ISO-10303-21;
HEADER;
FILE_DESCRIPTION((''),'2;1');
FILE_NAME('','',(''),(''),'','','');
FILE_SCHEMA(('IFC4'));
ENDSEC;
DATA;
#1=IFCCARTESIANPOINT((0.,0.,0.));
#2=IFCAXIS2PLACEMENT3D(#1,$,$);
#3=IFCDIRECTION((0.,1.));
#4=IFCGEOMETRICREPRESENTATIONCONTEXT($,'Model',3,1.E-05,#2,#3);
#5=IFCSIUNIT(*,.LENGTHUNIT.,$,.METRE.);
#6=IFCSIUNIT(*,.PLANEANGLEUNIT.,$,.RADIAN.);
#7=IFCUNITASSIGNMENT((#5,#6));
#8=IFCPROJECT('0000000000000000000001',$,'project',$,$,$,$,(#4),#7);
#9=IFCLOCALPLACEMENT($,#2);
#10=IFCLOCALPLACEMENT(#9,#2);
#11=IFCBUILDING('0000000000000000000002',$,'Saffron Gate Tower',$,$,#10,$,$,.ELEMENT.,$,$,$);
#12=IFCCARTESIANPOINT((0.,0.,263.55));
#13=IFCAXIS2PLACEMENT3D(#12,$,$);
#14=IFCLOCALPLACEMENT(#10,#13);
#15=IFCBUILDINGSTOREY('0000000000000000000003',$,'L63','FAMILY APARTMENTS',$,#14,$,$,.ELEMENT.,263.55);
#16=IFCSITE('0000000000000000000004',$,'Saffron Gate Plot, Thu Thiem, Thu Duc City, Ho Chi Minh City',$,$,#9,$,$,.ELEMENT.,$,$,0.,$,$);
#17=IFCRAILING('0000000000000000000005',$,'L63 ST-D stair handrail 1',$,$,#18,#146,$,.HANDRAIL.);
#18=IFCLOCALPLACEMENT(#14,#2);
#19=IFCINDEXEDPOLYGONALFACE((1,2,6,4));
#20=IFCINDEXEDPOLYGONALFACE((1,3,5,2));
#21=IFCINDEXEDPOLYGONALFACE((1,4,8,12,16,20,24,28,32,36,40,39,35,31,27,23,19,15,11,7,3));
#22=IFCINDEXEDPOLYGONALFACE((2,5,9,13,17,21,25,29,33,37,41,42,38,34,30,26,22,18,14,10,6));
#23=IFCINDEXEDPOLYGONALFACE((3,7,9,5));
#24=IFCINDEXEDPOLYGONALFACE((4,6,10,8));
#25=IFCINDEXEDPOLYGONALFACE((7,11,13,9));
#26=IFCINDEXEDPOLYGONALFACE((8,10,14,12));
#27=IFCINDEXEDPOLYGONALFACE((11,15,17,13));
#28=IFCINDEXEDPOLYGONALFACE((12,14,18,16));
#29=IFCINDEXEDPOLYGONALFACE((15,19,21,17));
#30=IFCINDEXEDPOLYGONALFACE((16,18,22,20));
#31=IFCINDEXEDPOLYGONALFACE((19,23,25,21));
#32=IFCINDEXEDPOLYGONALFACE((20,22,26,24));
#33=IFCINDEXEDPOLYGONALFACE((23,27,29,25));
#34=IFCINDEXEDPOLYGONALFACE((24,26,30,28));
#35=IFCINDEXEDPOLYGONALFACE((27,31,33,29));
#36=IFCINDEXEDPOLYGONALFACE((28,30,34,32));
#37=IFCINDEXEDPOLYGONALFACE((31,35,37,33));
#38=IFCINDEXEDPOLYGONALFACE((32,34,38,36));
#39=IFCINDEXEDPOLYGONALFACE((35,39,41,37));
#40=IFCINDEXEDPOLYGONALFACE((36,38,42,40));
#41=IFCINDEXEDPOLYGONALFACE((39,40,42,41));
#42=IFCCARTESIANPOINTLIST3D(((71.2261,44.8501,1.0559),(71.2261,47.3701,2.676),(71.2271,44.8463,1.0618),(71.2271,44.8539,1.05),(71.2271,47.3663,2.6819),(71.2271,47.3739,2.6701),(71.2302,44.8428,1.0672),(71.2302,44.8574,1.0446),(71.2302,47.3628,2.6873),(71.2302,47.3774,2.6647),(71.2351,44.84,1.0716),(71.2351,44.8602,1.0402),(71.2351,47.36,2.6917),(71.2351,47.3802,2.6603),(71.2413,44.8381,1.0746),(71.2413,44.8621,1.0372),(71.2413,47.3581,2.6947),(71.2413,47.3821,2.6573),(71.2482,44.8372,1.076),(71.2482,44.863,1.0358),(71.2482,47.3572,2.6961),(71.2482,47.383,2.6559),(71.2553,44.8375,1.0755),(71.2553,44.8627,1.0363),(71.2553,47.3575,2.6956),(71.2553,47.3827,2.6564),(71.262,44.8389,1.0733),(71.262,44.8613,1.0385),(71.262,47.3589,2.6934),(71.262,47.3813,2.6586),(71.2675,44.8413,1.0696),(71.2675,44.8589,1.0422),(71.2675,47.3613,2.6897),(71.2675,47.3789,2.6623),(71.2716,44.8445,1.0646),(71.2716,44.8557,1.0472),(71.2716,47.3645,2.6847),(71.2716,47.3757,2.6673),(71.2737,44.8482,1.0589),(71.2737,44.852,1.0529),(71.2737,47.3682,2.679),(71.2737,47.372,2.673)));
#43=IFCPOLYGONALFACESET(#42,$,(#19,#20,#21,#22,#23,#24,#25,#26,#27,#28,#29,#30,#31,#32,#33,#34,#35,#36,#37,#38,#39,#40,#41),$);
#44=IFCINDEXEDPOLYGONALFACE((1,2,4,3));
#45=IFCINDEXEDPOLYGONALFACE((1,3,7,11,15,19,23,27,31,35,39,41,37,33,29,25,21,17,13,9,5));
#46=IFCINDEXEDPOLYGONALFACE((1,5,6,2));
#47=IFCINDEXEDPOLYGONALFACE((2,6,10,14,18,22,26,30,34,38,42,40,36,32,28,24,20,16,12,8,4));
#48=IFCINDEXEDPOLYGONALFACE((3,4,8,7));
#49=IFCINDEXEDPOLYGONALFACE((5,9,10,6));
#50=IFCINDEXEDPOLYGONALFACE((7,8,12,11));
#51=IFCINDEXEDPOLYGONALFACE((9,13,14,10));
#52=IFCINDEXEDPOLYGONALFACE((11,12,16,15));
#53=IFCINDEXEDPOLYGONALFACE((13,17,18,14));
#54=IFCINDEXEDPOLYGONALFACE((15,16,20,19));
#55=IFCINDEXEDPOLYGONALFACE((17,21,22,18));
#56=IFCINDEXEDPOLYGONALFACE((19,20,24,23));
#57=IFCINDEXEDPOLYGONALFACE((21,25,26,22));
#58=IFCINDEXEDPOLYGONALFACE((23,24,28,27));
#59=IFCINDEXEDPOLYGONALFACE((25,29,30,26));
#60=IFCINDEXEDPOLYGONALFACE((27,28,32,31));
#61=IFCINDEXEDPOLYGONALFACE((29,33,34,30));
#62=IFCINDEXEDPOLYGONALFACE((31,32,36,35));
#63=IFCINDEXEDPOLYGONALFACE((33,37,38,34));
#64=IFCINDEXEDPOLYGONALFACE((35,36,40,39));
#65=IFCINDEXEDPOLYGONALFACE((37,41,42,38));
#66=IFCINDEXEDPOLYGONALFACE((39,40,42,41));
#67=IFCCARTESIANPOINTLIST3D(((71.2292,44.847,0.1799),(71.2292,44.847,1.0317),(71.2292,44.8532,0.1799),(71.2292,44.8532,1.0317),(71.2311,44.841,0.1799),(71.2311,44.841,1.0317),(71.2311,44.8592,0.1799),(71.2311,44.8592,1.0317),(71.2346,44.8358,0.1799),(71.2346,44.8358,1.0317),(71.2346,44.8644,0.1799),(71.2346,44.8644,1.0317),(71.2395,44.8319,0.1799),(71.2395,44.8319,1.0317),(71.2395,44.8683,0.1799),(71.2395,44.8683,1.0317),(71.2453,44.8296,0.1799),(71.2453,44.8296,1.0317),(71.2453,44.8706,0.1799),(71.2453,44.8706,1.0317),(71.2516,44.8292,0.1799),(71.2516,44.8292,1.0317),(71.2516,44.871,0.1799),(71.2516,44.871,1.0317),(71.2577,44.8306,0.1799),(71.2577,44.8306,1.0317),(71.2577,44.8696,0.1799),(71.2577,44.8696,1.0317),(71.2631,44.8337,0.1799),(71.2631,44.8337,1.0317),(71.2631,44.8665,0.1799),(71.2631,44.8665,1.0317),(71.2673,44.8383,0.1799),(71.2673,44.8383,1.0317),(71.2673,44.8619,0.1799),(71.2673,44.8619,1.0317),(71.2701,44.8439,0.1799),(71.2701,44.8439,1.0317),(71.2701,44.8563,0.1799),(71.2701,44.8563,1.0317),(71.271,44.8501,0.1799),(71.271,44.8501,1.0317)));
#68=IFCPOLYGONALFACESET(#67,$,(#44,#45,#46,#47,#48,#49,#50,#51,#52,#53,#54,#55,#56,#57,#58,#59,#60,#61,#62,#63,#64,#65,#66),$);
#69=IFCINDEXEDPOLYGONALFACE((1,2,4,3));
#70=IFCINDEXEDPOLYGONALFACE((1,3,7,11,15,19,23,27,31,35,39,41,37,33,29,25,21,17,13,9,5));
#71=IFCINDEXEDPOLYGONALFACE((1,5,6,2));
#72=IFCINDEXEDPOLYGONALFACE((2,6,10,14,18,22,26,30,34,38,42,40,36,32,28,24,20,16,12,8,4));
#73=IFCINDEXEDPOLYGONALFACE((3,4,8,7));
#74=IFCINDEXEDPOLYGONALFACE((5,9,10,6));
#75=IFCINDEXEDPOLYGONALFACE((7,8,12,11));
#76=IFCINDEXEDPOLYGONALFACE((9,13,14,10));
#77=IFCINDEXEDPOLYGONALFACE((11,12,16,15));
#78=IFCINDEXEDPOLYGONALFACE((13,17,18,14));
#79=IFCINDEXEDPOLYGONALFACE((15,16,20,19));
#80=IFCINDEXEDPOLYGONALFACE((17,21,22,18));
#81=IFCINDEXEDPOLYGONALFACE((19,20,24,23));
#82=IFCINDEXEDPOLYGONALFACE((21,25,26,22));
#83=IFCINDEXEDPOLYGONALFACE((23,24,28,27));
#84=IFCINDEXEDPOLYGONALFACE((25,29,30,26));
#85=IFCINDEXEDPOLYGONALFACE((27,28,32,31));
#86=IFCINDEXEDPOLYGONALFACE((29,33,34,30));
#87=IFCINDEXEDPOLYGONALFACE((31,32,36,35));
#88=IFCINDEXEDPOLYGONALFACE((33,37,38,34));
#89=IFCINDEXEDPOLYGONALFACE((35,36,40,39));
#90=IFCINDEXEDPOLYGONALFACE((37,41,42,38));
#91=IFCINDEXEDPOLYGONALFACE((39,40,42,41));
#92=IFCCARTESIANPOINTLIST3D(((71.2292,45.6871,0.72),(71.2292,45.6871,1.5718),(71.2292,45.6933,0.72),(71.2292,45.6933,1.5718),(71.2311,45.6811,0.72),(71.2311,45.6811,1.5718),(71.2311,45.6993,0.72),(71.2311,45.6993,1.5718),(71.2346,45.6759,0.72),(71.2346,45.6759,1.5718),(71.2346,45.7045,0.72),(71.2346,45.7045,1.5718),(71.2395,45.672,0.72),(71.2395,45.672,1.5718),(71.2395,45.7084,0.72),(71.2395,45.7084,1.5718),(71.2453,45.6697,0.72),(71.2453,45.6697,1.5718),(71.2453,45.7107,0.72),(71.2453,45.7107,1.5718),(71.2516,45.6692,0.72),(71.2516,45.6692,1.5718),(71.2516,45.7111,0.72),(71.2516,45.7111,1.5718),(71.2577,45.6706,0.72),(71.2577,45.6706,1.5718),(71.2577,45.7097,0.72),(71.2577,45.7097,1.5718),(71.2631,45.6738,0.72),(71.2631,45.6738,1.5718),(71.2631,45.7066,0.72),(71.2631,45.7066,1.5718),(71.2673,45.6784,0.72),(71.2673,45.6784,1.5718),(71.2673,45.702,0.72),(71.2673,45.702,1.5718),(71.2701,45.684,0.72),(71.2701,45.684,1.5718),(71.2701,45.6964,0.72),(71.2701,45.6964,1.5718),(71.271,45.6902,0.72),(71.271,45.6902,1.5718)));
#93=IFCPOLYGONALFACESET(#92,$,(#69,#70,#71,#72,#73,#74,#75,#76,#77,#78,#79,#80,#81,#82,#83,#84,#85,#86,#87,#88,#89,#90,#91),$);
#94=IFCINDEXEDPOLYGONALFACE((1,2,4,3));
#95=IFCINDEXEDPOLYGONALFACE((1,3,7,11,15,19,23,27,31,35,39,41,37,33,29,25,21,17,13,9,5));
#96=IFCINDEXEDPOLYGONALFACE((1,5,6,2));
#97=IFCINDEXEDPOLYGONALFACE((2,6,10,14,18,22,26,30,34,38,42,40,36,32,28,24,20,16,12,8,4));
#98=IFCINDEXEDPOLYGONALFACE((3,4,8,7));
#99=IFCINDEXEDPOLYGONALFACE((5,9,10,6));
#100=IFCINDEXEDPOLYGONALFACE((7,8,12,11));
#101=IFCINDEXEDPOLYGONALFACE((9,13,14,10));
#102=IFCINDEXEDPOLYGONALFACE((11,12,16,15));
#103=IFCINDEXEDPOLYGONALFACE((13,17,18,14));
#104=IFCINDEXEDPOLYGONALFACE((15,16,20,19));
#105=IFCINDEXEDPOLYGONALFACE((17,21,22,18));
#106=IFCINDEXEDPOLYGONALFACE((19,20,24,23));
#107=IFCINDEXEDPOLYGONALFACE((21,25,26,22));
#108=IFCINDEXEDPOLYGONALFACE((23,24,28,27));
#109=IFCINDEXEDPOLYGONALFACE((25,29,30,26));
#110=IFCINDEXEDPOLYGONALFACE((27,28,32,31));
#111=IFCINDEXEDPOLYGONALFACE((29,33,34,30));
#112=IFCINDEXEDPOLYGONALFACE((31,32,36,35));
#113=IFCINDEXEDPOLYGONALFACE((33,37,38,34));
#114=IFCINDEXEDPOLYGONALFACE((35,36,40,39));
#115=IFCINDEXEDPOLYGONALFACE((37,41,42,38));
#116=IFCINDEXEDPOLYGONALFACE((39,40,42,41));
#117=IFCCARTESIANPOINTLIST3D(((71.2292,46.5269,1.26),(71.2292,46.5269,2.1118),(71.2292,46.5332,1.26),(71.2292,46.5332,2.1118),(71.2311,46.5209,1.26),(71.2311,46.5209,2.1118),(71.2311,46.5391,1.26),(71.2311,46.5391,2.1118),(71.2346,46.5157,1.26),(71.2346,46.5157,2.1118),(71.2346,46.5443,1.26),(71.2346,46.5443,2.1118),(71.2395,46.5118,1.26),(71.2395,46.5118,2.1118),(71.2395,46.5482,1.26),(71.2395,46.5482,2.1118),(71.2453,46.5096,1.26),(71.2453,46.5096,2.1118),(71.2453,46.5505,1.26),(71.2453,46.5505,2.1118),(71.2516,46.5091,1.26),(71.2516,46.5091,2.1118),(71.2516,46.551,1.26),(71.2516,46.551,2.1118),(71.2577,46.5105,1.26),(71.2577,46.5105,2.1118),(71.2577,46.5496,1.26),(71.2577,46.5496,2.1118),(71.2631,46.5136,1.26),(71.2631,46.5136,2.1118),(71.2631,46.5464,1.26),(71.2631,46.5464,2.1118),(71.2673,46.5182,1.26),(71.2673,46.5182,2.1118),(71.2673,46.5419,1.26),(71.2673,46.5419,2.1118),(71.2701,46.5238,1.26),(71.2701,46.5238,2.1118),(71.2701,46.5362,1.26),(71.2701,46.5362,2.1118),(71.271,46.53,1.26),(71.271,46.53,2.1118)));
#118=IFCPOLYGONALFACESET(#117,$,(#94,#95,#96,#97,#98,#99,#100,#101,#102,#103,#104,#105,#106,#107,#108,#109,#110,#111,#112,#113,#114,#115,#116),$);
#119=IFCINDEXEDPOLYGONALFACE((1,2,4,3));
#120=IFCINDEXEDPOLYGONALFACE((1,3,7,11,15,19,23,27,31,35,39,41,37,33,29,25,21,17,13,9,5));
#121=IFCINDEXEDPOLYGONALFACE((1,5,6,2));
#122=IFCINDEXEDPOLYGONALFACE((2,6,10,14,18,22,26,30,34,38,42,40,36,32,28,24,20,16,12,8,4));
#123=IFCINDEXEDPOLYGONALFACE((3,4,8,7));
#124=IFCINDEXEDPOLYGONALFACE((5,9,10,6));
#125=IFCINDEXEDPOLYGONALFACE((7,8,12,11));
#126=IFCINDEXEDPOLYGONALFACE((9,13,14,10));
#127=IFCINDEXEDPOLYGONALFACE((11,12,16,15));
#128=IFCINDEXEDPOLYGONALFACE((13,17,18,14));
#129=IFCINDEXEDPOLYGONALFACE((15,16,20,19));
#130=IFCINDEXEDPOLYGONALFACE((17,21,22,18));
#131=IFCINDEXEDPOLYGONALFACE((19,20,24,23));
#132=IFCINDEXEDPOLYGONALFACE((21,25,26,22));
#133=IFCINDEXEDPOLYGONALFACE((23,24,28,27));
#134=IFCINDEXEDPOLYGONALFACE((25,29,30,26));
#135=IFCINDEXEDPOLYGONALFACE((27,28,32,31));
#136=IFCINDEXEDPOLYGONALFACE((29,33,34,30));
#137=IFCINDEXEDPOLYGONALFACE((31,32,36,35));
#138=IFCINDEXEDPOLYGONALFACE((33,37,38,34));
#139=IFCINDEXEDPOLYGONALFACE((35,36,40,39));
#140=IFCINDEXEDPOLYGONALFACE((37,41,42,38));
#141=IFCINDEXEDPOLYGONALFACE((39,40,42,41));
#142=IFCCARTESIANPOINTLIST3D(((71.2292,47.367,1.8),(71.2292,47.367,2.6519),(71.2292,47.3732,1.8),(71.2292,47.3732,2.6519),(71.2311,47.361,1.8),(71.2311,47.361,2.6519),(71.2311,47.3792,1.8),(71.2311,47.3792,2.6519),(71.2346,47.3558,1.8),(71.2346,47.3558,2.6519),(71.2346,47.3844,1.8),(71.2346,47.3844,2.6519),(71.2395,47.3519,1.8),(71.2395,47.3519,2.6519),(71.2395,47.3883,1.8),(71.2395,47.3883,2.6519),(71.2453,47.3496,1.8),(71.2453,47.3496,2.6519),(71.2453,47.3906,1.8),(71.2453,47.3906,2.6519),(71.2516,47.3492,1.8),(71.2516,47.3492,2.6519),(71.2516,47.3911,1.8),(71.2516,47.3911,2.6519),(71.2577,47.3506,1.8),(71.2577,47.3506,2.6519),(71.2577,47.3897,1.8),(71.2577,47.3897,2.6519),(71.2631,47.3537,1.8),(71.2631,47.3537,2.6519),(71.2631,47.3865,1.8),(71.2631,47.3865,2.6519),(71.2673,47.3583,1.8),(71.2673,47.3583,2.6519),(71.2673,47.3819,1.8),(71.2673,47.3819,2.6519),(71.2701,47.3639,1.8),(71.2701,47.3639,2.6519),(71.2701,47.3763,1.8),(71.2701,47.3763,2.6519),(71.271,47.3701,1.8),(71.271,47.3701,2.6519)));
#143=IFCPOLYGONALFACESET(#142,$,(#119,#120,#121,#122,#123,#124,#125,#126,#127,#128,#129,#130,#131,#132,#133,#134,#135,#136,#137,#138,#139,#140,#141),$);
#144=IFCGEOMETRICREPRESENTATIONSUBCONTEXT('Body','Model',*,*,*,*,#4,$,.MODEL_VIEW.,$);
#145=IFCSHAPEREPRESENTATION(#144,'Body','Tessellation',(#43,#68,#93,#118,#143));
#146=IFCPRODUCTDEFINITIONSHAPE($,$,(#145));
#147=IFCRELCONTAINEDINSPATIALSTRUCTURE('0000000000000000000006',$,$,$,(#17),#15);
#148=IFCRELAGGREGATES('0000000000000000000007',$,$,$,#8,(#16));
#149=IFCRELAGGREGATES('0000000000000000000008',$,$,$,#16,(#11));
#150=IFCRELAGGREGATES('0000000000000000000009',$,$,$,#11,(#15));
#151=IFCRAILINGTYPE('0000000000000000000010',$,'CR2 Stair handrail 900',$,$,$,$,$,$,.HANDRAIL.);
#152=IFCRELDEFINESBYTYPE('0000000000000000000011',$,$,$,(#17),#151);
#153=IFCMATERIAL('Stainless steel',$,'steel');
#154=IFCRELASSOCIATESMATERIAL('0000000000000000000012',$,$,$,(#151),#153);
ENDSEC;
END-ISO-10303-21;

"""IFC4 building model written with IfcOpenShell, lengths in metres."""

from ifc_helpers import new_model, si_unit, direction, frame, origin, origin_2d, place, context, subcontext, project, spatial, circle, extrude, material, type_object, element, save


model = new_model("IFC4")

# Units and contexts
model_context = context("Model", 3, precision=1e-05, world=origin(), true_north=direction((0.0, 1.0)))
body_context = subcontext(model_context, "Body", "Model", "MODEL_VIEW")
ifc_project = project(units=[si_unit("LENGTHUNIT", "METRE"), si_unit("PLANEANGLEUNIT", "RADIAN")], contexts=[model_context])

# Site, building, storey
site_placement = place(None, origin())
site = spatial("IfcSite", under=ifc_project, at=site_placement, Name="Saffron Gate Plot, Thu Thiem, Thu Duc City, Ho Chi Minh City", CompositionType="ELEMENT", RefElevation=0.0)
building_placement = place(site_placement, origin())
building = spatial("IfcBuilding", under=site, at=building_placement, Name="Saffron Gate Tower", CompositionType="ELEMENT")
storey_placement = place(building_placement, frame((0.0, 0.0, 263.55)))
storey = spatial("IfcBuildingStorey", under=building, at=storey_placement, Name="L63", Description="FAMILY APARTMENTS", CompositionType="ELEMENT", Elevation=263.55)

# Railing
ifc_material_1 = material(Name="Stainless steel", Category="steel")
railing_type_1 = type_object("IfcRailingType", Name="CR2 Stair handrail 900", PredefinedType="HANDRAIL", material=ifc_material_1)
railing_1_placement = place(storey_placement, frame((71.25, 44.8501, 0.1799)))
element("IfcRailing", 1, at=railing_1_placement, inside=storey, type_object=railing_type_1, Name="L63 ST-D stair handrail 1", PredefinedType="HANDRAIL", context=body_context, shape_type="SweptSolid", body=[
    extrude(circle(Radius=0.0239, at=origin_2d()), frame((0.0, 0.0, 0.876), z_axis=(0.0, 0.841163, 0.540782), x_axis=(-1.0, 0.0, 0.0)), (0.0, 0.0, 1.0), 2.9958),
    extrude(circle(Radius=0.021, at=origin_2d()), origin(), (0.0, 0.0, 1.0), 0.8518),
    extrude(circle(Radius=0.021, at=origin_2d()), frame((0.0, 0.8401, 0.54)), (0.0, 0.0, 1.0), 0.8518),
    extrude(circle(Radius=0.021, at=origin_2d()), frame((0.0, 1.6799, 1.0801)), (0.0, 0.0, 1.0), 0.8518),
    extrude(circle(Radius=0.021, at=origin_2d()), frame((0.0, 2.52, 1.6201)), (0.0, 0.0, 1.0), 0.8518),
])

save(model, "model.ifc")
